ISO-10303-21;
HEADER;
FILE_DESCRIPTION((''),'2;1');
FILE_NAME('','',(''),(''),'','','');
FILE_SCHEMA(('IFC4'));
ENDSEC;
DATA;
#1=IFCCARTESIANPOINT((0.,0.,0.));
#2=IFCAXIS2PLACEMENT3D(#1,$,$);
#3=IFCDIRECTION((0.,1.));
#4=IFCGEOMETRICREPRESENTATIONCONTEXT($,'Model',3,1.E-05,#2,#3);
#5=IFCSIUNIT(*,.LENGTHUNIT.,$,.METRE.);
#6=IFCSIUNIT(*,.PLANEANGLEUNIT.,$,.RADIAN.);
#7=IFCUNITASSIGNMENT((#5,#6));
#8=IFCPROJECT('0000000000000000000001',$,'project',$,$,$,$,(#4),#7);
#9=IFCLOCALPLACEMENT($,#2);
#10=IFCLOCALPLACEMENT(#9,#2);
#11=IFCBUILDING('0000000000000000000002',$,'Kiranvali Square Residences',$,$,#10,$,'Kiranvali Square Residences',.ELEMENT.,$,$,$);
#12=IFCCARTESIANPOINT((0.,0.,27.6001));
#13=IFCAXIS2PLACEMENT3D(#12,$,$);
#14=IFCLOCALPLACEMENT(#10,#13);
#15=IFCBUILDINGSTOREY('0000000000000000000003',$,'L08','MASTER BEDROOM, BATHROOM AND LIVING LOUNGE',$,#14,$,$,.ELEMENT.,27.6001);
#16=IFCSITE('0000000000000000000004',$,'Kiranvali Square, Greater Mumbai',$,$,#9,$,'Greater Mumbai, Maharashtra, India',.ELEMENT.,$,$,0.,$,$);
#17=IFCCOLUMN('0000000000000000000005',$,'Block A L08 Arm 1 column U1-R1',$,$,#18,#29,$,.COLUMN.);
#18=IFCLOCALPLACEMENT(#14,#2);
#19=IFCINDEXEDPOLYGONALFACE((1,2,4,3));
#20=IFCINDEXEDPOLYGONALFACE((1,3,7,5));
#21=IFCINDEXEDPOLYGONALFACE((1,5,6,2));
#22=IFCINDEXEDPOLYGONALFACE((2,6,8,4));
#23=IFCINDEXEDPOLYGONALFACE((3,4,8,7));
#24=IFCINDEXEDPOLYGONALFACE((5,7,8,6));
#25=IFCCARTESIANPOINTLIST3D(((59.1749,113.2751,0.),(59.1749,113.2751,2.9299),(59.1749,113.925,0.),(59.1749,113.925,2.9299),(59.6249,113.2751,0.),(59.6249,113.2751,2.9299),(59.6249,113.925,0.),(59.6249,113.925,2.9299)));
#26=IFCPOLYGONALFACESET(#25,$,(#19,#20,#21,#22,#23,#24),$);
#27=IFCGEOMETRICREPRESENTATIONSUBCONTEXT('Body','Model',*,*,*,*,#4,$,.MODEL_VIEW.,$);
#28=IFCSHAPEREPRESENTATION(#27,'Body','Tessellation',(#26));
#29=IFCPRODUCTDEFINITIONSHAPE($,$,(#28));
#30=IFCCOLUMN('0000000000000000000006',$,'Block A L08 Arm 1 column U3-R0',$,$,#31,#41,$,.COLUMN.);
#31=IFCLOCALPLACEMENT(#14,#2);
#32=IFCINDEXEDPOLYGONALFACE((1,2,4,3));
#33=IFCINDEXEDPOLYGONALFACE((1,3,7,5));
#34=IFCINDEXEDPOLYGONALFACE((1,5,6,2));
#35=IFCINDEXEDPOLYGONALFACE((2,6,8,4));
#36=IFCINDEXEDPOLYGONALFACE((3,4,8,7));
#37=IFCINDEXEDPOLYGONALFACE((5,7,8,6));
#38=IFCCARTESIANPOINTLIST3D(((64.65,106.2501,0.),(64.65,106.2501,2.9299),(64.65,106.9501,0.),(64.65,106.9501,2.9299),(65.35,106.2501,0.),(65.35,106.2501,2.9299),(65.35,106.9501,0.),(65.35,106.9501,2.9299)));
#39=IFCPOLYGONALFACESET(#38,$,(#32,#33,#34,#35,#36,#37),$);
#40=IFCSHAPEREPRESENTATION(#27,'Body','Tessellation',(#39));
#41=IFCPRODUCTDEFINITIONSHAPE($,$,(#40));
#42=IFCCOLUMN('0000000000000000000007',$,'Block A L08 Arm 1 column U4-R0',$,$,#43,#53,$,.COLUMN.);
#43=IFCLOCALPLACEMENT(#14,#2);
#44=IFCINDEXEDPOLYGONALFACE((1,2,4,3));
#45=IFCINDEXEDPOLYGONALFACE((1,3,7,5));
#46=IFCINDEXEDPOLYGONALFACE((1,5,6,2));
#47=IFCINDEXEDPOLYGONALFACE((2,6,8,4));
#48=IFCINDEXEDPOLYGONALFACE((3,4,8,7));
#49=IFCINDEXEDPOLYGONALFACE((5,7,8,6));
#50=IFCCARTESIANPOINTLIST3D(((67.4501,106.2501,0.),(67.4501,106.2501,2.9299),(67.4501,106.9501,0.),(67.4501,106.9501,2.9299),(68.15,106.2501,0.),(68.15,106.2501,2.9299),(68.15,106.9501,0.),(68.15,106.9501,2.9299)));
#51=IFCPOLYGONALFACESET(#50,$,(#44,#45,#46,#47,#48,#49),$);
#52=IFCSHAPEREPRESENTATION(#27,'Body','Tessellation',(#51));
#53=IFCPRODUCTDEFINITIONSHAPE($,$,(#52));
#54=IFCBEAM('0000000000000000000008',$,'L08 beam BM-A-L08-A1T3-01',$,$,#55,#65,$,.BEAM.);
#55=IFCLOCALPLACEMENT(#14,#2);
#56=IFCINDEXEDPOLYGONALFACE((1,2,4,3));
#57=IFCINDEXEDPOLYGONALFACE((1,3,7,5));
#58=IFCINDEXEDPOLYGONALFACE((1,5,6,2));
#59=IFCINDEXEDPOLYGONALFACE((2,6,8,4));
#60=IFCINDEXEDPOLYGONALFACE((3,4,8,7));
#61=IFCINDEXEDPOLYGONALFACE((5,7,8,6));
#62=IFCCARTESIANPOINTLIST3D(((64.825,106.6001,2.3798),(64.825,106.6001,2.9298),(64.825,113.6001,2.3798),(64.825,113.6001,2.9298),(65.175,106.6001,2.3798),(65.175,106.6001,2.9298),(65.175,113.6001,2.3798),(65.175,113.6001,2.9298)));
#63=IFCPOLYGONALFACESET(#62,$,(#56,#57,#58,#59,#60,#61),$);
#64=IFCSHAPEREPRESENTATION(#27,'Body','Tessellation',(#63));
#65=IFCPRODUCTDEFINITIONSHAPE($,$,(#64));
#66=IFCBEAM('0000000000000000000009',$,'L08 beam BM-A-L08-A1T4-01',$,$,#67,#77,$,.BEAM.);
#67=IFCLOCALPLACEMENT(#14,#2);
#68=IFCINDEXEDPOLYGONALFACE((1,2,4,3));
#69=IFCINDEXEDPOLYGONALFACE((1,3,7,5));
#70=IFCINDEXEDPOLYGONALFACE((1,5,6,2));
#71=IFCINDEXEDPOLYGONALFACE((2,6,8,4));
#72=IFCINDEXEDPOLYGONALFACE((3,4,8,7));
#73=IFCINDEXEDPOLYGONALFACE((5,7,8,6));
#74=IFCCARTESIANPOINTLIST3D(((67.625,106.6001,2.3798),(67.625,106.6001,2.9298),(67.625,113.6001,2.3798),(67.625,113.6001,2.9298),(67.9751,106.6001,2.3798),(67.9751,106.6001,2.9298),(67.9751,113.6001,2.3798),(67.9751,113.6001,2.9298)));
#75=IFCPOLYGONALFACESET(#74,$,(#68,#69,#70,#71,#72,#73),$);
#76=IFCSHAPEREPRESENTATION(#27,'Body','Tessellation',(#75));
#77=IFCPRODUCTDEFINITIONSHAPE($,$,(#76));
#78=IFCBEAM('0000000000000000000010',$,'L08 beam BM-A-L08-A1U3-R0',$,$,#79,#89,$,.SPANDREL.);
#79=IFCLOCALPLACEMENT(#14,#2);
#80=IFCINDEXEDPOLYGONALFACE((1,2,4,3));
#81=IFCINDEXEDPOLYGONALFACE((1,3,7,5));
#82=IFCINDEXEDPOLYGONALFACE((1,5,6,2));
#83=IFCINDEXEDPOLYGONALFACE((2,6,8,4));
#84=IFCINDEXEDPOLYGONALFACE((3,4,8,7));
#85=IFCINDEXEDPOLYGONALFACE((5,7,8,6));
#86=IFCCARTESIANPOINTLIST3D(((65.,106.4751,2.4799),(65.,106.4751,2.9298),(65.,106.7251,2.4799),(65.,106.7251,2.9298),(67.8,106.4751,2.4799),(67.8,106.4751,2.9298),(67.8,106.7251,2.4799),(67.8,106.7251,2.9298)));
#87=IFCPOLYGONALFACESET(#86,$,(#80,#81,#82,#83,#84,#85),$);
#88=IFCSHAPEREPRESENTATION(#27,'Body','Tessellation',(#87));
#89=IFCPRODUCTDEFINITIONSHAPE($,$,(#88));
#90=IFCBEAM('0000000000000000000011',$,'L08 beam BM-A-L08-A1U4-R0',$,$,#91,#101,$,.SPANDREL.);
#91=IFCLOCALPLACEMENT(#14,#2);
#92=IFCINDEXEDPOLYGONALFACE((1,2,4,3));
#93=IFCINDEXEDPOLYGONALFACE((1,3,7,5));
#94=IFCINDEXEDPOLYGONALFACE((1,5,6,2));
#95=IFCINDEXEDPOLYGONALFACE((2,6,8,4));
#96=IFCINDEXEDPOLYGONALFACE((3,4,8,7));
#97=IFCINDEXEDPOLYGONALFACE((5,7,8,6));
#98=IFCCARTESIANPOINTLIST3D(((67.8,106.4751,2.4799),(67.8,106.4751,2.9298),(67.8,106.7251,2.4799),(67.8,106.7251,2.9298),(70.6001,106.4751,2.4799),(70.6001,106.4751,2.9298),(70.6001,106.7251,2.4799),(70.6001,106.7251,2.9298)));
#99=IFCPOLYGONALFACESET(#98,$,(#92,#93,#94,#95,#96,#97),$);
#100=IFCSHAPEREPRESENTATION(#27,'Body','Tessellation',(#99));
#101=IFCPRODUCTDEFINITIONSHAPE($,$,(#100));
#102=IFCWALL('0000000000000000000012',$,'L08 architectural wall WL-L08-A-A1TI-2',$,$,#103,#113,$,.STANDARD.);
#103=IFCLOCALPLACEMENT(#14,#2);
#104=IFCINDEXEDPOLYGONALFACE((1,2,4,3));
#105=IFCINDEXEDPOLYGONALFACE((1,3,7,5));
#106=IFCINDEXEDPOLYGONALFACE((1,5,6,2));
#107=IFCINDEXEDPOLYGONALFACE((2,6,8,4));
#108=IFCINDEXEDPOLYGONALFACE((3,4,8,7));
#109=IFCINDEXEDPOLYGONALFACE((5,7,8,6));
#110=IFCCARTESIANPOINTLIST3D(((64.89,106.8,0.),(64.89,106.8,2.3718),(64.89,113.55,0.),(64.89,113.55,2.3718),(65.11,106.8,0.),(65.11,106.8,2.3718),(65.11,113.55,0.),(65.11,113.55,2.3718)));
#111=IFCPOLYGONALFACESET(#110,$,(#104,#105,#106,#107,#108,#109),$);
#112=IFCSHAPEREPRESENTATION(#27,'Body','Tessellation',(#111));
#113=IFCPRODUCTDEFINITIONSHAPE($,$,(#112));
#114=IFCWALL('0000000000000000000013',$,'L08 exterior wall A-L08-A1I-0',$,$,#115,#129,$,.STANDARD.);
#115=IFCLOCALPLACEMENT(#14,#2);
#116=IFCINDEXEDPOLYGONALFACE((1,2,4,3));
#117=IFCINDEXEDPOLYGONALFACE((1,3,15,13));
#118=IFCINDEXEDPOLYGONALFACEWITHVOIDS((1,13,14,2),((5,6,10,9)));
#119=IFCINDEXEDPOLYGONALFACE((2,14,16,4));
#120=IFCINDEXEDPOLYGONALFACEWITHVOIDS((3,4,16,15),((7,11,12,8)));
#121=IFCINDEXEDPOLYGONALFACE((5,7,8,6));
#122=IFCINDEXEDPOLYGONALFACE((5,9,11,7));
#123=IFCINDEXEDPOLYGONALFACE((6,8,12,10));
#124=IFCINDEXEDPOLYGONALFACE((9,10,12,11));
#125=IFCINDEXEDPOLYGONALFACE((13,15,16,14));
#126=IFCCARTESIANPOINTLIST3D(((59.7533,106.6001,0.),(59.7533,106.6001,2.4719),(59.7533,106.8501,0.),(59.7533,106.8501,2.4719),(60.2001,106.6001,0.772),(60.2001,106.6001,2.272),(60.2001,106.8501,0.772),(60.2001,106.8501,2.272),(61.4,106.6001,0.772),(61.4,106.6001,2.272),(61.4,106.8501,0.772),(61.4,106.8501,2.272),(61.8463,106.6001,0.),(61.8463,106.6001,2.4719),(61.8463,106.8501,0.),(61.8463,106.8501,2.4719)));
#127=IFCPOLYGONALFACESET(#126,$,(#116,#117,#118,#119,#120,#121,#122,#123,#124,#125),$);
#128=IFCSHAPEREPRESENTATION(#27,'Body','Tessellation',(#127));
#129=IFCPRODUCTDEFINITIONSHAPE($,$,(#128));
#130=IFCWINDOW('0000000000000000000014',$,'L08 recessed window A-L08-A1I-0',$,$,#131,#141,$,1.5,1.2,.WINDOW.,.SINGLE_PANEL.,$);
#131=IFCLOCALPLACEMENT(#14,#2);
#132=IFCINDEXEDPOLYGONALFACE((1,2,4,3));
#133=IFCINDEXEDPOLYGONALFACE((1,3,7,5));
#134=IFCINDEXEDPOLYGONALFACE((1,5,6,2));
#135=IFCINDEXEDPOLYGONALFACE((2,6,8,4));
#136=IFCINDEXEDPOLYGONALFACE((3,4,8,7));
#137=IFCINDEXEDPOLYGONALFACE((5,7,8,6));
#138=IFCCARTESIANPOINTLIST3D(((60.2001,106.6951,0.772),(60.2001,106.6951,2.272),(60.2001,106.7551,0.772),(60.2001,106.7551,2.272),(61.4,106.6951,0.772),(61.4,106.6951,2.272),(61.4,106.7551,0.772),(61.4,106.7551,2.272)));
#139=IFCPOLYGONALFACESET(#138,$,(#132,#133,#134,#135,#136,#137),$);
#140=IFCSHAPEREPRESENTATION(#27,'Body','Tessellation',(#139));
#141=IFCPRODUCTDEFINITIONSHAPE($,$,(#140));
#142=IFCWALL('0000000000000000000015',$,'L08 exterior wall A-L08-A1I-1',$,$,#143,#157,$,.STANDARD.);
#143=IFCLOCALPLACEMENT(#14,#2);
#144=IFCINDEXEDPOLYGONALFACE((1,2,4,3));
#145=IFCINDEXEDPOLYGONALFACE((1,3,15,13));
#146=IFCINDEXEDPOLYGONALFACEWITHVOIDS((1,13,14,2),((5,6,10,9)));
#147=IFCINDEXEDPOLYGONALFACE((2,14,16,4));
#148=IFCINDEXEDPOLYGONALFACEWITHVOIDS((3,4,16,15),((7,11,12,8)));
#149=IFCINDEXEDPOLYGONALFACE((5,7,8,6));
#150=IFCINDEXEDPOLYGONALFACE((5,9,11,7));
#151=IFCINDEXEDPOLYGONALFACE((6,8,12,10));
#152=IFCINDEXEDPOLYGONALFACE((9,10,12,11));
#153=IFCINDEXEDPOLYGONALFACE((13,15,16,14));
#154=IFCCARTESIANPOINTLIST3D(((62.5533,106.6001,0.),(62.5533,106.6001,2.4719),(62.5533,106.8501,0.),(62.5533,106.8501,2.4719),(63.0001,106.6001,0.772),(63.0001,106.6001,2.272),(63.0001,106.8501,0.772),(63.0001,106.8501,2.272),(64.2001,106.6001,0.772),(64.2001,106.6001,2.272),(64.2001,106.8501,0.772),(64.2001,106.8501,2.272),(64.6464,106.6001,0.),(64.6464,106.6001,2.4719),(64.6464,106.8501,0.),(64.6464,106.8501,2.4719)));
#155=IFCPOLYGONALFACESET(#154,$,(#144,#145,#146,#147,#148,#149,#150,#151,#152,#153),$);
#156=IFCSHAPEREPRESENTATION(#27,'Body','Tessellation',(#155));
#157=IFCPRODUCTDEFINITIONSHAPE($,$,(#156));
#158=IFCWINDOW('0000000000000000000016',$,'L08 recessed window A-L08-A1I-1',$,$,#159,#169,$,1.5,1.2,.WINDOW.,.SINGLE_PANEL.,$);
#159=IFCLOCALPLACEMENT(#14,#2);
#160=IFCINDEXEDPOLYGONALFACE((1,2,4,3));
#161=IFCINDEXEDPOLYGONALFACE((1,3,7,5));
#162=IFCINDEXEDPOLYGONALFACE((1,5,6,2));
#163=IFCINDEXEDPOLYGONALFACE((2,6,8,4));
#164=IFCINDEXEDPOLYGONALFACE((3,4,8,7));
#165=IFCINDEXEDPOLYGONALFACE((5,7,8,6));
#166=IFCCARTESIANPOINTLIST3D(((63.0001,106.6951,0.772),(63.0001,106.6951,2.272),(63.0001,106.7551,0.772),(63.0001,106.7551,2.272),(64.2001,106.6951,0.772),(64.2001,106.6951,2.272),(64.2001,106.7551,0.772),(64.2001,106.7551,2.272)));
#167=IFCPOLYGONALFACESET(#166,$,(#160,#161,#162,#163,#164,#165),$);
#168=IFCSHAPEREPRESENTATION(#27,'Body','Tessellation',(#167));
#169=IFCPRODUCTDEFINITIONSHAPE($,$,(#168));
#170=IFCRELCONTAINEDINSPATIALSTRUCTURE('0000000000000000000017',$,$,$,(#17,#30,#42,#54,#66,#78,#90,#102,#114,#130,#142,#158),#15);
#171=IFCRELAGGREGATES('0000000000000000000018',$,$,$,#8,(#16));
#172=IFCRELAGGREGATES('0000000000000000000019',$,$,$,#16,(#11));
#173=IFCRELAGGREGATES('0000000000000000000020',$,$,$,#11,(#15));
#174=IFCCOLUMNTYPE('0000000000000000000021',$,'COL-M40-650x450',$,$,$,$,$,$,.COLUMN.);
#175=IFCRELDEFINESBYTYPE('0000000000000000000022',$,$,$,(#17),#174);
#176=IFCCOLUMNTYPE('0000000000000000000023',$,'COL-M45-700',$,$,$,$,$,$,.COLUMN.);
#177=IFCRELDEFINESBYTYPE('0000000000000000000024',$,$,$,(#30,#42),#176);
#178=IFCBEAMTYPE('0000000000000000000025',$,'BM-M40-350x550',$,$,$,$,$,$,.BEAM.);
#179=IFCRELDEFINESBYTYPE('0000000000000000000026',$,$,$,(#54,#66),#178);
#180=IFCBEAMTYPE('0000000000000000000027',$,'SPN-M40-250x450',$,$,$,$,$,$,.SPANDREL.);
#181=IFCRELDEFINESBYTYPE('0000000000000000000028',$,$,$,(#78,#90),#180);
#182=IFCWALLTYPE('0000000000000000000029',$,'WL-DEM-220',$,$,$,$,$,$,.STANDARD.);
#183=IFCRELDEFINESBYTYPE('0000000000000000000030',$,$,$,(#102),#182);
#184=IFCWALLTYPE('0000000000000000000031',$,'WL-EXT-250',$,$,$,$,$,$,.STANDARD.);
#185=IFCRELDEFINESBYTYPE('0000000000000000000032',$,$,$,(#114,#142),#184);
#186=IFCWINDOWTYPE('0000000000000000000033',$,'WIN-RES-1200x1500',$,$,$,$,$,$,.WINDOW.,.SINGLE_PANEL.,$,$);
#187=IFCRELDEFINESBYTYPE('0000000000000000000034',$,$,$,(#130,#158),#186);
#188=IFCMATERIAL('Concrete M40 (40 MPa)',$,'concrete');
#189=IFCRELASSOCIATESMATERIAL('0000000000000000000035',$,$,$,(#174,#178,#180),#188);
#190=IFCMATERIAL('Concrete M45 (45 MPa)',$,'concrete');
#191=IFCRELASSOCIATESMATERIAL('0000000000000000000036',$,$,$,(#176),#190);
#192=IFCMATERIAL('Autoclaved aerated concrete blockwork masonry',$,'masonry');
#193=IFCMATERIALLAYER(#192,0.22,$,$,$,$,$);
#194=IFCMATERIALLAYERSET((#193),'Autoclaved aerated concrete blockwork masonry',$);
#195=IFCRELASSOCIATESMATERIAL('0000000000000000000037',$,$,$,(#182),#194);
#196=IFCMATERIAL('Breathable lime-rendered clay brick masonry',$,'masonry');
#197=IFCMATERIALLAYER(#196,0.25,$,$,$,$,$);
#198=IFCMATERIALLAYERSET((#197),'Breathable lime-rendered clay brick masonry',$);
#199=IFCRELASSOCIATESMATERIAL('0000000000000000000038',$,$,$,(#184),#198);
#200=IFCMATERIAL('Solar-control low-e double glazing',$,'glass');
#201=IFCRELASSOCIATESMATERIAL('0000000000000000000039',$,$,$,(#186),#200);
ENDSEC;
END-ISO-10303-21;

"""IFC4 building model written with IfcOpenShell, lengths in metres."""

from ifc_helpers import new_model, si_unit, direction, frame, frame_2d, origin, origin_2d, place, context, subcontext, project, spatial, rectangle, extrude, material, layer, layer_set, material_profile, profile_set, type_object, element, fill, save


model = new_model("IFC4")

# Units and contexts
model_context = context("Model", 3, precision=1e-05, world=origin(), true_north=direction((0.0, 1.0)))
body_context = subcontext(model_context, "Body", "Model", "MODEL_VIEW")
ifc_project = project(units=[si_unit("LENGTHUNIT", "METRE"), si_unit("PLANEANGLEUNIT", "RADIAN")], contexts=[model_context])

# Site, building, storey
site_placement = place(None, origin())
site = spatial("IfcSite", under=ifc_project, at=site_placement, Name="Kiranvali Square, Greater Mumbai", LongName="Greater Mumbai, Maharashtra, India", CompositionType="ELEMENT", RefElevation=0.0)
building_placement = place(site_placement, origin())
building = spatial("IfcBuilding", under=site, at=building_placement, Name="Kiranvali Square Residences", LongName="Kiranvali Square Residences", CompositionType="ELEMENT")
storey_placement = place(building_placement, frame((0.0, 0.0, 27.6001)))
storey = spatial("IfcBuildingStorey", under=building, at=storey_placement, Name="L08", Description="MASTER BEDROOM, BATHROOM AND LIVING LOUNGE", CompositionType="ELEMENT", Elevation=27.6001)

# Columns
ifc_material_1 = material(Name="Concrete M40 (40 MPa)", Category="concrete")
ifc_material_profile_1 = material_profile(ifc_material_1, rectangle(XDim=0.45, YDim=0.6499, at=origin_2d()), Name="RC 650x450")
ifc_profile_set_1 = profile_set([ifc_material_profile_1], Name="Concrete M40 (40 MPa)")
column_type_1 = type_object("IfcColumnType", Name="COL-M40-650x450", PredefinedType="COLUMN", material=ifc_profile_set_1)
column_placement = place(storey_placement, frame((59.3999, 113.6001, 0.0), z_axis=(0.0, 0.0, 1.0), x_axis=(1.0, 0.0, 0.0)))
element("IfcColumn", 1, at=column_placement, inside=storey, type_object=column_type_1, Name="Block A L08 Arm 1 column U1-R1", PredefinedType="COLUMN", context=body_context, shape_type="SweptSolid", body=[
    extrude(rectangle(XDim=0.45, YDim=0.6499, at=origin_2d()), origin(), (0.0, 0.0, 1.0), 2.9299),
])
ifc_material_2 = material(Name="Concrete M45 (45 MPa)", Category="concrete")
ifc_material_profile_2 = material_profile(ifc_material_2, rectangle(XDim=0.7, YDim=0.7, at=origin_2d()), Name="RC 700x700")
ifc_profile_set_2 = profile_set([ifc_material_profile_2], Name="Concrete M45 (45 MPa)")
column_type_2 = type_object("IfcColumnType", Name="COL-M45-700", PredefinedType="COLUMN", material=ifc_profile_set_2)
for number, where, z_axis, x_axis, name in (
    (2, (65.0, 106.6001, 0.0), (0.0, 0.0, 1.0), (1.0, 0.0, 0.0), "Block A L08 Arm 1 column U3-R0"),
    (3, (67.8, 106.6001, 0.0), (0.0, 0.0, 1.0), (1.0, 0.0, 0.0), "Block A L08 Arm 1 column U4-R0"),
):
    element("IfcColumn", number, at=place(storey_placement, frame(where, z_axis=z_axis, x_axis=x_axis)), inside=storey, type_object=column_type_2, Name=name, PredefinedType="COLUMN", context=body_context, shape_type="SweptSolid", body=[
        extrude(rectangle(XDim=0.7, YDim=0.7, at=origin_2d()), origin(), (0.0, 0.0, 1.0), 2.9299),
    ])

# Beams
ifc_material_profile_3 = material_profile(ifc_material_1, rectangle(XDim=0.3501, YDim=0.55, at=origin_2d()), Name="RC 350x550")
ifc_profile_set_3 = profile_set([ifc_material_profile_3], Name="Concrete M40 (40 MPa)")
beam_type_1 = type_object("IfcBeamType", Name="BM-M40-350x550", PredefinedType="BEAM", material=ifc_profile_set_3)
for number, where, z_axis, x_axis, name in (
    (4, (65.0, 106.6001, 2.6548), (0.0, 1.0, 0.0), (-1.0, 0.0, 0.0), "L08 beam BM-A-L08-A1T3-01"),
    (5, (67.8, 106.6001, 2.6548), (0.0, 1.0, 0.0), (-1.0, 0.0, 0.0), "L08 beam BM-A-L08-A1T4-01"),
):
    element("IfcBeam", number, at=place(storey_placement, frame(where, z_axis=z_axis, x_axis=x_axis)), inside=storey, type_object=beam_type_1, Name=name, PredefinedType="BEAM", context=body_context, shape_type="SweptSolid", body=[
        extrude(rectangle(XDim=0.3501, YDim=0.55, at=origin_2d()), origin(), (0.0, 0.0, 1.0), 7.0),
    ])
ifc_material_profile_4 = material_profile(ifc_material_1, rectangle(XDim=0.25, YDim=0.45, at=origin_2d()), Name="RC 250x450")
ifc_profile_set_4 = profile_set([ifc_material_profile_4], Name="Concrete M40 (40 MPa)")
beam_type_2 = type_object("IfcBeamType", Name="SPN-M40-250x450", PredefinedType="SPANDREL", material=ifc_profile_set_4)
for number, where, z_axis, x_axis, name in (
    (6, (65.0, 106.6001, 2.7048), (1.0, 0.0, 0.0), (0.0, 1.0, 0.0), "L08 beam BM-A-L08-A1U3-R0"),
    (7, (67.8, 106.6001, 2.7048), (1.0, 0.0, 0.0), (0.0, 1.0, 0.0), "L08 beam BM-A-L08-A1U4-R0"),
):
    element("IfcBeam", number, at=place(storey_placement, frame(where, z_axis=z_axis, x_axis=x_axis)), inside=storey, type_object=beam_type_2, Name=name, PredefinedType="SPANDREL", context=body_context, shape_type="SweptSolid", body=[
        extrude(rectangle(XDim=0.25, YDim=0.45, at=origin_2d()), origin(), (0.0, 0.0, 1.0), 2.8),
    ])

# Wall
ifc_material_3 = material(Name="Autoclaved aerated concrete blockwork masonry", Category="masonry")
ifc_layer_1 = layer(ifc_material_3, 0.22)
ifc_layer_set_1 = layer_set([ifc_layer_1], Name="Autoclaved aerated concrete blockwork masonry")
wall_type_1 = type_object("IfcWallType", Name="WL-DEM-220", PredefinedType="STANDARD", material=ifc_layer_set_1)
wall_1_placement = place(storey_placement, frame((65.0, 106.8, 0.0), z_axis=(0.0, 0.0, 1.0), x_axis=(0.0, 1.0, 0.0)))
element("IfcWall", 8, at=wall_1_placement, inside=storey, type_object=wall_type_1, Name="L08 architectural wall WL-L08-A-A1TI-2", PredefinedType="STANDARD", context=body_context, shape_type="SweptSolid", body=[
    extrude(rectangle(XDim=6.75, YDim=0.22, at=frame_2d((3.375, 0.0))), origin(), (0.0, 0.0, 1.0), 2.3718),
])

# Walls, openings, windows
ifc_material_4 = material(Name="Breathable lime-rendered clay brick masonry", Category="masonry")
ifc_layer_2 = layer(ifc_material_4, 0.25)
ifc_layer_set_2 = layer_set([ifc_layer_2], Name="Breathable lime-rendered clay brick masonry")
wall_type_2 = type_object("IfcWallType", Name="WL-EXT-250", PredefinedType="STANDARD", material=ifc_layer_set_2)
wall_2_placement = place(storey_placement, frame((59.7534, 106.7251, 0.0), z_axis=(0.0, 0.0, 1.0), x_axis=(1.0, 0.0, 0.0)))
wall_2 = element("IfcWall", 9, at=wall_2_placement, inside=storey, type_object=wall_type_2, Name="L08 exterior wall A-L08-A1I-0", PredefinedType="STANDARD", context=body_context, shape_type="SweptSolid", body=[
    extrude(rectangle(XDim=2.093, YDim=0.25, at=frame_2d((1.0464, 0.0))), origin(), (0.0, 0.0, 1.0), 2.4719),
])
opening_1_placement = place(wall_2_placement, frame((0.4465, 0.0, 0.772)))
opening_1 = element("IfcOpeningElement", 10, at=opening_1_placement, cuts=wall_2, PredefinedType="OPENING", context=body_context, shape_type="SweptSolid", body=[
    extrude(rectangle(XDim=1.2, YDim=1.5, at=frame_2d((0.6001, 0.75))), frame((0.0, 0.135, 0.0), z_axis=(0.0, -1.0, 0.0), x_axis=(1.0, 0.0, 0.0)), (0.0, 0.0, 1.0), 0.27),
])
ifc_material_5 = material(Name="Solar-control low-e double glazing", Category="glass")
window_type_1 = type_object("IfcWindowType", Name="WIN-RES-1200x1500", PartitioningType="SINGLE_PANEL", PredefinedType="WINDOW", material=ifc_material_5)
window_1_placement = place(opening_1_placement, origin())
window_1 = element("IfcWindow", 11, at=window_1_placement, inside=storey, type_object=window_type_1, Name="L08 recessed window A-L08-A1I-0", OverallHeight=1.5, OverallWidth=1.2, PartitioningType="SINGLE_PANEL", PredefinedType="WINDOW", context=body_context, shape_type="SweptSolid", body=[
    extrude(rectangle(XDim=1.2, YDim=1.5, at=frame_2d((0.6001, 0.75))), frame((0.0, 0.03, 0.0), z_axis=(0.0, -1.0, 0.0), x_axis=(1.0, 0.0, 0.0)), (0.0, 0.0, 1.0), 0.0601),
])
fill(opening_1, window_1)
wall_3_placement = place(storey_placement, frame((62.5535, 106.7251, 0.0), z_axis=(0.0, 0.0, 1.0), x_axis=(1.0, 0.0, 0.0)))
wall_3 = element("IfcWall", 12, at=wall_3_placement, inside=storey, type_object=wall_type_2, Name="L08 exterior wall A-L08-A1I-1", PredefinedType="STANDARD", context=body_context, shape_type="SweptSolid", body=[
    extrude(rectangle(XDim=2.093, YDim=0.25, at=frame_2d((1.0464, 0.0))), origin(), (0.0, 0.0, 1.0), 2.4719),
])
opening_2_placement = place(wall_3_placement, frame((0.4465, 0.0, 0.772)))
opening_2 = element("IfcOpeningElement", 13, at=opening_2_placement, cuts=wall_3, PredefinedType="OPENING", context=body_context, shape_type="SweptSolid", body=[
    extrude(rectangle(XDim=1.2, YDim=1.5, at=frame_2d((0.6001, 0.75))), frame((0.0, 0.135, 0.0), z_axis=(0.0, -1.0, 0.0), x_axis=(1.0, 0.0, 0.0)), (0.0, 0.0, 1.0), 0.27),
])
window_2_placement = place(opening_2_placement, origin())
window_2 = element("IfcWindow", 14, at=window_2_placement, inside=storey, type_object=window_type_1, Name="L08 recessed window A-L08-A1I-1", OverallHeight=1.5, OverallWidth=1.2, PartitioningType="SINGLE_PANEL", PredefinedType="WINDOW", context=body_context, shape_type="SweptSolid", body=[
    extrude(rectangle(XDim=1.2, YDim=1.5, at=frame_2d((0.6001, 0.75))), frame((0.0, 0.03, 0.0), z_axis=(0.0, -1.0, 0.0), x_axis=(1.0, 0.0, 0.0)), (0.0, 0.0, 1.0), 0.0601),
])
fill(opening_2, window_2)

save(model, "model.ifc")
